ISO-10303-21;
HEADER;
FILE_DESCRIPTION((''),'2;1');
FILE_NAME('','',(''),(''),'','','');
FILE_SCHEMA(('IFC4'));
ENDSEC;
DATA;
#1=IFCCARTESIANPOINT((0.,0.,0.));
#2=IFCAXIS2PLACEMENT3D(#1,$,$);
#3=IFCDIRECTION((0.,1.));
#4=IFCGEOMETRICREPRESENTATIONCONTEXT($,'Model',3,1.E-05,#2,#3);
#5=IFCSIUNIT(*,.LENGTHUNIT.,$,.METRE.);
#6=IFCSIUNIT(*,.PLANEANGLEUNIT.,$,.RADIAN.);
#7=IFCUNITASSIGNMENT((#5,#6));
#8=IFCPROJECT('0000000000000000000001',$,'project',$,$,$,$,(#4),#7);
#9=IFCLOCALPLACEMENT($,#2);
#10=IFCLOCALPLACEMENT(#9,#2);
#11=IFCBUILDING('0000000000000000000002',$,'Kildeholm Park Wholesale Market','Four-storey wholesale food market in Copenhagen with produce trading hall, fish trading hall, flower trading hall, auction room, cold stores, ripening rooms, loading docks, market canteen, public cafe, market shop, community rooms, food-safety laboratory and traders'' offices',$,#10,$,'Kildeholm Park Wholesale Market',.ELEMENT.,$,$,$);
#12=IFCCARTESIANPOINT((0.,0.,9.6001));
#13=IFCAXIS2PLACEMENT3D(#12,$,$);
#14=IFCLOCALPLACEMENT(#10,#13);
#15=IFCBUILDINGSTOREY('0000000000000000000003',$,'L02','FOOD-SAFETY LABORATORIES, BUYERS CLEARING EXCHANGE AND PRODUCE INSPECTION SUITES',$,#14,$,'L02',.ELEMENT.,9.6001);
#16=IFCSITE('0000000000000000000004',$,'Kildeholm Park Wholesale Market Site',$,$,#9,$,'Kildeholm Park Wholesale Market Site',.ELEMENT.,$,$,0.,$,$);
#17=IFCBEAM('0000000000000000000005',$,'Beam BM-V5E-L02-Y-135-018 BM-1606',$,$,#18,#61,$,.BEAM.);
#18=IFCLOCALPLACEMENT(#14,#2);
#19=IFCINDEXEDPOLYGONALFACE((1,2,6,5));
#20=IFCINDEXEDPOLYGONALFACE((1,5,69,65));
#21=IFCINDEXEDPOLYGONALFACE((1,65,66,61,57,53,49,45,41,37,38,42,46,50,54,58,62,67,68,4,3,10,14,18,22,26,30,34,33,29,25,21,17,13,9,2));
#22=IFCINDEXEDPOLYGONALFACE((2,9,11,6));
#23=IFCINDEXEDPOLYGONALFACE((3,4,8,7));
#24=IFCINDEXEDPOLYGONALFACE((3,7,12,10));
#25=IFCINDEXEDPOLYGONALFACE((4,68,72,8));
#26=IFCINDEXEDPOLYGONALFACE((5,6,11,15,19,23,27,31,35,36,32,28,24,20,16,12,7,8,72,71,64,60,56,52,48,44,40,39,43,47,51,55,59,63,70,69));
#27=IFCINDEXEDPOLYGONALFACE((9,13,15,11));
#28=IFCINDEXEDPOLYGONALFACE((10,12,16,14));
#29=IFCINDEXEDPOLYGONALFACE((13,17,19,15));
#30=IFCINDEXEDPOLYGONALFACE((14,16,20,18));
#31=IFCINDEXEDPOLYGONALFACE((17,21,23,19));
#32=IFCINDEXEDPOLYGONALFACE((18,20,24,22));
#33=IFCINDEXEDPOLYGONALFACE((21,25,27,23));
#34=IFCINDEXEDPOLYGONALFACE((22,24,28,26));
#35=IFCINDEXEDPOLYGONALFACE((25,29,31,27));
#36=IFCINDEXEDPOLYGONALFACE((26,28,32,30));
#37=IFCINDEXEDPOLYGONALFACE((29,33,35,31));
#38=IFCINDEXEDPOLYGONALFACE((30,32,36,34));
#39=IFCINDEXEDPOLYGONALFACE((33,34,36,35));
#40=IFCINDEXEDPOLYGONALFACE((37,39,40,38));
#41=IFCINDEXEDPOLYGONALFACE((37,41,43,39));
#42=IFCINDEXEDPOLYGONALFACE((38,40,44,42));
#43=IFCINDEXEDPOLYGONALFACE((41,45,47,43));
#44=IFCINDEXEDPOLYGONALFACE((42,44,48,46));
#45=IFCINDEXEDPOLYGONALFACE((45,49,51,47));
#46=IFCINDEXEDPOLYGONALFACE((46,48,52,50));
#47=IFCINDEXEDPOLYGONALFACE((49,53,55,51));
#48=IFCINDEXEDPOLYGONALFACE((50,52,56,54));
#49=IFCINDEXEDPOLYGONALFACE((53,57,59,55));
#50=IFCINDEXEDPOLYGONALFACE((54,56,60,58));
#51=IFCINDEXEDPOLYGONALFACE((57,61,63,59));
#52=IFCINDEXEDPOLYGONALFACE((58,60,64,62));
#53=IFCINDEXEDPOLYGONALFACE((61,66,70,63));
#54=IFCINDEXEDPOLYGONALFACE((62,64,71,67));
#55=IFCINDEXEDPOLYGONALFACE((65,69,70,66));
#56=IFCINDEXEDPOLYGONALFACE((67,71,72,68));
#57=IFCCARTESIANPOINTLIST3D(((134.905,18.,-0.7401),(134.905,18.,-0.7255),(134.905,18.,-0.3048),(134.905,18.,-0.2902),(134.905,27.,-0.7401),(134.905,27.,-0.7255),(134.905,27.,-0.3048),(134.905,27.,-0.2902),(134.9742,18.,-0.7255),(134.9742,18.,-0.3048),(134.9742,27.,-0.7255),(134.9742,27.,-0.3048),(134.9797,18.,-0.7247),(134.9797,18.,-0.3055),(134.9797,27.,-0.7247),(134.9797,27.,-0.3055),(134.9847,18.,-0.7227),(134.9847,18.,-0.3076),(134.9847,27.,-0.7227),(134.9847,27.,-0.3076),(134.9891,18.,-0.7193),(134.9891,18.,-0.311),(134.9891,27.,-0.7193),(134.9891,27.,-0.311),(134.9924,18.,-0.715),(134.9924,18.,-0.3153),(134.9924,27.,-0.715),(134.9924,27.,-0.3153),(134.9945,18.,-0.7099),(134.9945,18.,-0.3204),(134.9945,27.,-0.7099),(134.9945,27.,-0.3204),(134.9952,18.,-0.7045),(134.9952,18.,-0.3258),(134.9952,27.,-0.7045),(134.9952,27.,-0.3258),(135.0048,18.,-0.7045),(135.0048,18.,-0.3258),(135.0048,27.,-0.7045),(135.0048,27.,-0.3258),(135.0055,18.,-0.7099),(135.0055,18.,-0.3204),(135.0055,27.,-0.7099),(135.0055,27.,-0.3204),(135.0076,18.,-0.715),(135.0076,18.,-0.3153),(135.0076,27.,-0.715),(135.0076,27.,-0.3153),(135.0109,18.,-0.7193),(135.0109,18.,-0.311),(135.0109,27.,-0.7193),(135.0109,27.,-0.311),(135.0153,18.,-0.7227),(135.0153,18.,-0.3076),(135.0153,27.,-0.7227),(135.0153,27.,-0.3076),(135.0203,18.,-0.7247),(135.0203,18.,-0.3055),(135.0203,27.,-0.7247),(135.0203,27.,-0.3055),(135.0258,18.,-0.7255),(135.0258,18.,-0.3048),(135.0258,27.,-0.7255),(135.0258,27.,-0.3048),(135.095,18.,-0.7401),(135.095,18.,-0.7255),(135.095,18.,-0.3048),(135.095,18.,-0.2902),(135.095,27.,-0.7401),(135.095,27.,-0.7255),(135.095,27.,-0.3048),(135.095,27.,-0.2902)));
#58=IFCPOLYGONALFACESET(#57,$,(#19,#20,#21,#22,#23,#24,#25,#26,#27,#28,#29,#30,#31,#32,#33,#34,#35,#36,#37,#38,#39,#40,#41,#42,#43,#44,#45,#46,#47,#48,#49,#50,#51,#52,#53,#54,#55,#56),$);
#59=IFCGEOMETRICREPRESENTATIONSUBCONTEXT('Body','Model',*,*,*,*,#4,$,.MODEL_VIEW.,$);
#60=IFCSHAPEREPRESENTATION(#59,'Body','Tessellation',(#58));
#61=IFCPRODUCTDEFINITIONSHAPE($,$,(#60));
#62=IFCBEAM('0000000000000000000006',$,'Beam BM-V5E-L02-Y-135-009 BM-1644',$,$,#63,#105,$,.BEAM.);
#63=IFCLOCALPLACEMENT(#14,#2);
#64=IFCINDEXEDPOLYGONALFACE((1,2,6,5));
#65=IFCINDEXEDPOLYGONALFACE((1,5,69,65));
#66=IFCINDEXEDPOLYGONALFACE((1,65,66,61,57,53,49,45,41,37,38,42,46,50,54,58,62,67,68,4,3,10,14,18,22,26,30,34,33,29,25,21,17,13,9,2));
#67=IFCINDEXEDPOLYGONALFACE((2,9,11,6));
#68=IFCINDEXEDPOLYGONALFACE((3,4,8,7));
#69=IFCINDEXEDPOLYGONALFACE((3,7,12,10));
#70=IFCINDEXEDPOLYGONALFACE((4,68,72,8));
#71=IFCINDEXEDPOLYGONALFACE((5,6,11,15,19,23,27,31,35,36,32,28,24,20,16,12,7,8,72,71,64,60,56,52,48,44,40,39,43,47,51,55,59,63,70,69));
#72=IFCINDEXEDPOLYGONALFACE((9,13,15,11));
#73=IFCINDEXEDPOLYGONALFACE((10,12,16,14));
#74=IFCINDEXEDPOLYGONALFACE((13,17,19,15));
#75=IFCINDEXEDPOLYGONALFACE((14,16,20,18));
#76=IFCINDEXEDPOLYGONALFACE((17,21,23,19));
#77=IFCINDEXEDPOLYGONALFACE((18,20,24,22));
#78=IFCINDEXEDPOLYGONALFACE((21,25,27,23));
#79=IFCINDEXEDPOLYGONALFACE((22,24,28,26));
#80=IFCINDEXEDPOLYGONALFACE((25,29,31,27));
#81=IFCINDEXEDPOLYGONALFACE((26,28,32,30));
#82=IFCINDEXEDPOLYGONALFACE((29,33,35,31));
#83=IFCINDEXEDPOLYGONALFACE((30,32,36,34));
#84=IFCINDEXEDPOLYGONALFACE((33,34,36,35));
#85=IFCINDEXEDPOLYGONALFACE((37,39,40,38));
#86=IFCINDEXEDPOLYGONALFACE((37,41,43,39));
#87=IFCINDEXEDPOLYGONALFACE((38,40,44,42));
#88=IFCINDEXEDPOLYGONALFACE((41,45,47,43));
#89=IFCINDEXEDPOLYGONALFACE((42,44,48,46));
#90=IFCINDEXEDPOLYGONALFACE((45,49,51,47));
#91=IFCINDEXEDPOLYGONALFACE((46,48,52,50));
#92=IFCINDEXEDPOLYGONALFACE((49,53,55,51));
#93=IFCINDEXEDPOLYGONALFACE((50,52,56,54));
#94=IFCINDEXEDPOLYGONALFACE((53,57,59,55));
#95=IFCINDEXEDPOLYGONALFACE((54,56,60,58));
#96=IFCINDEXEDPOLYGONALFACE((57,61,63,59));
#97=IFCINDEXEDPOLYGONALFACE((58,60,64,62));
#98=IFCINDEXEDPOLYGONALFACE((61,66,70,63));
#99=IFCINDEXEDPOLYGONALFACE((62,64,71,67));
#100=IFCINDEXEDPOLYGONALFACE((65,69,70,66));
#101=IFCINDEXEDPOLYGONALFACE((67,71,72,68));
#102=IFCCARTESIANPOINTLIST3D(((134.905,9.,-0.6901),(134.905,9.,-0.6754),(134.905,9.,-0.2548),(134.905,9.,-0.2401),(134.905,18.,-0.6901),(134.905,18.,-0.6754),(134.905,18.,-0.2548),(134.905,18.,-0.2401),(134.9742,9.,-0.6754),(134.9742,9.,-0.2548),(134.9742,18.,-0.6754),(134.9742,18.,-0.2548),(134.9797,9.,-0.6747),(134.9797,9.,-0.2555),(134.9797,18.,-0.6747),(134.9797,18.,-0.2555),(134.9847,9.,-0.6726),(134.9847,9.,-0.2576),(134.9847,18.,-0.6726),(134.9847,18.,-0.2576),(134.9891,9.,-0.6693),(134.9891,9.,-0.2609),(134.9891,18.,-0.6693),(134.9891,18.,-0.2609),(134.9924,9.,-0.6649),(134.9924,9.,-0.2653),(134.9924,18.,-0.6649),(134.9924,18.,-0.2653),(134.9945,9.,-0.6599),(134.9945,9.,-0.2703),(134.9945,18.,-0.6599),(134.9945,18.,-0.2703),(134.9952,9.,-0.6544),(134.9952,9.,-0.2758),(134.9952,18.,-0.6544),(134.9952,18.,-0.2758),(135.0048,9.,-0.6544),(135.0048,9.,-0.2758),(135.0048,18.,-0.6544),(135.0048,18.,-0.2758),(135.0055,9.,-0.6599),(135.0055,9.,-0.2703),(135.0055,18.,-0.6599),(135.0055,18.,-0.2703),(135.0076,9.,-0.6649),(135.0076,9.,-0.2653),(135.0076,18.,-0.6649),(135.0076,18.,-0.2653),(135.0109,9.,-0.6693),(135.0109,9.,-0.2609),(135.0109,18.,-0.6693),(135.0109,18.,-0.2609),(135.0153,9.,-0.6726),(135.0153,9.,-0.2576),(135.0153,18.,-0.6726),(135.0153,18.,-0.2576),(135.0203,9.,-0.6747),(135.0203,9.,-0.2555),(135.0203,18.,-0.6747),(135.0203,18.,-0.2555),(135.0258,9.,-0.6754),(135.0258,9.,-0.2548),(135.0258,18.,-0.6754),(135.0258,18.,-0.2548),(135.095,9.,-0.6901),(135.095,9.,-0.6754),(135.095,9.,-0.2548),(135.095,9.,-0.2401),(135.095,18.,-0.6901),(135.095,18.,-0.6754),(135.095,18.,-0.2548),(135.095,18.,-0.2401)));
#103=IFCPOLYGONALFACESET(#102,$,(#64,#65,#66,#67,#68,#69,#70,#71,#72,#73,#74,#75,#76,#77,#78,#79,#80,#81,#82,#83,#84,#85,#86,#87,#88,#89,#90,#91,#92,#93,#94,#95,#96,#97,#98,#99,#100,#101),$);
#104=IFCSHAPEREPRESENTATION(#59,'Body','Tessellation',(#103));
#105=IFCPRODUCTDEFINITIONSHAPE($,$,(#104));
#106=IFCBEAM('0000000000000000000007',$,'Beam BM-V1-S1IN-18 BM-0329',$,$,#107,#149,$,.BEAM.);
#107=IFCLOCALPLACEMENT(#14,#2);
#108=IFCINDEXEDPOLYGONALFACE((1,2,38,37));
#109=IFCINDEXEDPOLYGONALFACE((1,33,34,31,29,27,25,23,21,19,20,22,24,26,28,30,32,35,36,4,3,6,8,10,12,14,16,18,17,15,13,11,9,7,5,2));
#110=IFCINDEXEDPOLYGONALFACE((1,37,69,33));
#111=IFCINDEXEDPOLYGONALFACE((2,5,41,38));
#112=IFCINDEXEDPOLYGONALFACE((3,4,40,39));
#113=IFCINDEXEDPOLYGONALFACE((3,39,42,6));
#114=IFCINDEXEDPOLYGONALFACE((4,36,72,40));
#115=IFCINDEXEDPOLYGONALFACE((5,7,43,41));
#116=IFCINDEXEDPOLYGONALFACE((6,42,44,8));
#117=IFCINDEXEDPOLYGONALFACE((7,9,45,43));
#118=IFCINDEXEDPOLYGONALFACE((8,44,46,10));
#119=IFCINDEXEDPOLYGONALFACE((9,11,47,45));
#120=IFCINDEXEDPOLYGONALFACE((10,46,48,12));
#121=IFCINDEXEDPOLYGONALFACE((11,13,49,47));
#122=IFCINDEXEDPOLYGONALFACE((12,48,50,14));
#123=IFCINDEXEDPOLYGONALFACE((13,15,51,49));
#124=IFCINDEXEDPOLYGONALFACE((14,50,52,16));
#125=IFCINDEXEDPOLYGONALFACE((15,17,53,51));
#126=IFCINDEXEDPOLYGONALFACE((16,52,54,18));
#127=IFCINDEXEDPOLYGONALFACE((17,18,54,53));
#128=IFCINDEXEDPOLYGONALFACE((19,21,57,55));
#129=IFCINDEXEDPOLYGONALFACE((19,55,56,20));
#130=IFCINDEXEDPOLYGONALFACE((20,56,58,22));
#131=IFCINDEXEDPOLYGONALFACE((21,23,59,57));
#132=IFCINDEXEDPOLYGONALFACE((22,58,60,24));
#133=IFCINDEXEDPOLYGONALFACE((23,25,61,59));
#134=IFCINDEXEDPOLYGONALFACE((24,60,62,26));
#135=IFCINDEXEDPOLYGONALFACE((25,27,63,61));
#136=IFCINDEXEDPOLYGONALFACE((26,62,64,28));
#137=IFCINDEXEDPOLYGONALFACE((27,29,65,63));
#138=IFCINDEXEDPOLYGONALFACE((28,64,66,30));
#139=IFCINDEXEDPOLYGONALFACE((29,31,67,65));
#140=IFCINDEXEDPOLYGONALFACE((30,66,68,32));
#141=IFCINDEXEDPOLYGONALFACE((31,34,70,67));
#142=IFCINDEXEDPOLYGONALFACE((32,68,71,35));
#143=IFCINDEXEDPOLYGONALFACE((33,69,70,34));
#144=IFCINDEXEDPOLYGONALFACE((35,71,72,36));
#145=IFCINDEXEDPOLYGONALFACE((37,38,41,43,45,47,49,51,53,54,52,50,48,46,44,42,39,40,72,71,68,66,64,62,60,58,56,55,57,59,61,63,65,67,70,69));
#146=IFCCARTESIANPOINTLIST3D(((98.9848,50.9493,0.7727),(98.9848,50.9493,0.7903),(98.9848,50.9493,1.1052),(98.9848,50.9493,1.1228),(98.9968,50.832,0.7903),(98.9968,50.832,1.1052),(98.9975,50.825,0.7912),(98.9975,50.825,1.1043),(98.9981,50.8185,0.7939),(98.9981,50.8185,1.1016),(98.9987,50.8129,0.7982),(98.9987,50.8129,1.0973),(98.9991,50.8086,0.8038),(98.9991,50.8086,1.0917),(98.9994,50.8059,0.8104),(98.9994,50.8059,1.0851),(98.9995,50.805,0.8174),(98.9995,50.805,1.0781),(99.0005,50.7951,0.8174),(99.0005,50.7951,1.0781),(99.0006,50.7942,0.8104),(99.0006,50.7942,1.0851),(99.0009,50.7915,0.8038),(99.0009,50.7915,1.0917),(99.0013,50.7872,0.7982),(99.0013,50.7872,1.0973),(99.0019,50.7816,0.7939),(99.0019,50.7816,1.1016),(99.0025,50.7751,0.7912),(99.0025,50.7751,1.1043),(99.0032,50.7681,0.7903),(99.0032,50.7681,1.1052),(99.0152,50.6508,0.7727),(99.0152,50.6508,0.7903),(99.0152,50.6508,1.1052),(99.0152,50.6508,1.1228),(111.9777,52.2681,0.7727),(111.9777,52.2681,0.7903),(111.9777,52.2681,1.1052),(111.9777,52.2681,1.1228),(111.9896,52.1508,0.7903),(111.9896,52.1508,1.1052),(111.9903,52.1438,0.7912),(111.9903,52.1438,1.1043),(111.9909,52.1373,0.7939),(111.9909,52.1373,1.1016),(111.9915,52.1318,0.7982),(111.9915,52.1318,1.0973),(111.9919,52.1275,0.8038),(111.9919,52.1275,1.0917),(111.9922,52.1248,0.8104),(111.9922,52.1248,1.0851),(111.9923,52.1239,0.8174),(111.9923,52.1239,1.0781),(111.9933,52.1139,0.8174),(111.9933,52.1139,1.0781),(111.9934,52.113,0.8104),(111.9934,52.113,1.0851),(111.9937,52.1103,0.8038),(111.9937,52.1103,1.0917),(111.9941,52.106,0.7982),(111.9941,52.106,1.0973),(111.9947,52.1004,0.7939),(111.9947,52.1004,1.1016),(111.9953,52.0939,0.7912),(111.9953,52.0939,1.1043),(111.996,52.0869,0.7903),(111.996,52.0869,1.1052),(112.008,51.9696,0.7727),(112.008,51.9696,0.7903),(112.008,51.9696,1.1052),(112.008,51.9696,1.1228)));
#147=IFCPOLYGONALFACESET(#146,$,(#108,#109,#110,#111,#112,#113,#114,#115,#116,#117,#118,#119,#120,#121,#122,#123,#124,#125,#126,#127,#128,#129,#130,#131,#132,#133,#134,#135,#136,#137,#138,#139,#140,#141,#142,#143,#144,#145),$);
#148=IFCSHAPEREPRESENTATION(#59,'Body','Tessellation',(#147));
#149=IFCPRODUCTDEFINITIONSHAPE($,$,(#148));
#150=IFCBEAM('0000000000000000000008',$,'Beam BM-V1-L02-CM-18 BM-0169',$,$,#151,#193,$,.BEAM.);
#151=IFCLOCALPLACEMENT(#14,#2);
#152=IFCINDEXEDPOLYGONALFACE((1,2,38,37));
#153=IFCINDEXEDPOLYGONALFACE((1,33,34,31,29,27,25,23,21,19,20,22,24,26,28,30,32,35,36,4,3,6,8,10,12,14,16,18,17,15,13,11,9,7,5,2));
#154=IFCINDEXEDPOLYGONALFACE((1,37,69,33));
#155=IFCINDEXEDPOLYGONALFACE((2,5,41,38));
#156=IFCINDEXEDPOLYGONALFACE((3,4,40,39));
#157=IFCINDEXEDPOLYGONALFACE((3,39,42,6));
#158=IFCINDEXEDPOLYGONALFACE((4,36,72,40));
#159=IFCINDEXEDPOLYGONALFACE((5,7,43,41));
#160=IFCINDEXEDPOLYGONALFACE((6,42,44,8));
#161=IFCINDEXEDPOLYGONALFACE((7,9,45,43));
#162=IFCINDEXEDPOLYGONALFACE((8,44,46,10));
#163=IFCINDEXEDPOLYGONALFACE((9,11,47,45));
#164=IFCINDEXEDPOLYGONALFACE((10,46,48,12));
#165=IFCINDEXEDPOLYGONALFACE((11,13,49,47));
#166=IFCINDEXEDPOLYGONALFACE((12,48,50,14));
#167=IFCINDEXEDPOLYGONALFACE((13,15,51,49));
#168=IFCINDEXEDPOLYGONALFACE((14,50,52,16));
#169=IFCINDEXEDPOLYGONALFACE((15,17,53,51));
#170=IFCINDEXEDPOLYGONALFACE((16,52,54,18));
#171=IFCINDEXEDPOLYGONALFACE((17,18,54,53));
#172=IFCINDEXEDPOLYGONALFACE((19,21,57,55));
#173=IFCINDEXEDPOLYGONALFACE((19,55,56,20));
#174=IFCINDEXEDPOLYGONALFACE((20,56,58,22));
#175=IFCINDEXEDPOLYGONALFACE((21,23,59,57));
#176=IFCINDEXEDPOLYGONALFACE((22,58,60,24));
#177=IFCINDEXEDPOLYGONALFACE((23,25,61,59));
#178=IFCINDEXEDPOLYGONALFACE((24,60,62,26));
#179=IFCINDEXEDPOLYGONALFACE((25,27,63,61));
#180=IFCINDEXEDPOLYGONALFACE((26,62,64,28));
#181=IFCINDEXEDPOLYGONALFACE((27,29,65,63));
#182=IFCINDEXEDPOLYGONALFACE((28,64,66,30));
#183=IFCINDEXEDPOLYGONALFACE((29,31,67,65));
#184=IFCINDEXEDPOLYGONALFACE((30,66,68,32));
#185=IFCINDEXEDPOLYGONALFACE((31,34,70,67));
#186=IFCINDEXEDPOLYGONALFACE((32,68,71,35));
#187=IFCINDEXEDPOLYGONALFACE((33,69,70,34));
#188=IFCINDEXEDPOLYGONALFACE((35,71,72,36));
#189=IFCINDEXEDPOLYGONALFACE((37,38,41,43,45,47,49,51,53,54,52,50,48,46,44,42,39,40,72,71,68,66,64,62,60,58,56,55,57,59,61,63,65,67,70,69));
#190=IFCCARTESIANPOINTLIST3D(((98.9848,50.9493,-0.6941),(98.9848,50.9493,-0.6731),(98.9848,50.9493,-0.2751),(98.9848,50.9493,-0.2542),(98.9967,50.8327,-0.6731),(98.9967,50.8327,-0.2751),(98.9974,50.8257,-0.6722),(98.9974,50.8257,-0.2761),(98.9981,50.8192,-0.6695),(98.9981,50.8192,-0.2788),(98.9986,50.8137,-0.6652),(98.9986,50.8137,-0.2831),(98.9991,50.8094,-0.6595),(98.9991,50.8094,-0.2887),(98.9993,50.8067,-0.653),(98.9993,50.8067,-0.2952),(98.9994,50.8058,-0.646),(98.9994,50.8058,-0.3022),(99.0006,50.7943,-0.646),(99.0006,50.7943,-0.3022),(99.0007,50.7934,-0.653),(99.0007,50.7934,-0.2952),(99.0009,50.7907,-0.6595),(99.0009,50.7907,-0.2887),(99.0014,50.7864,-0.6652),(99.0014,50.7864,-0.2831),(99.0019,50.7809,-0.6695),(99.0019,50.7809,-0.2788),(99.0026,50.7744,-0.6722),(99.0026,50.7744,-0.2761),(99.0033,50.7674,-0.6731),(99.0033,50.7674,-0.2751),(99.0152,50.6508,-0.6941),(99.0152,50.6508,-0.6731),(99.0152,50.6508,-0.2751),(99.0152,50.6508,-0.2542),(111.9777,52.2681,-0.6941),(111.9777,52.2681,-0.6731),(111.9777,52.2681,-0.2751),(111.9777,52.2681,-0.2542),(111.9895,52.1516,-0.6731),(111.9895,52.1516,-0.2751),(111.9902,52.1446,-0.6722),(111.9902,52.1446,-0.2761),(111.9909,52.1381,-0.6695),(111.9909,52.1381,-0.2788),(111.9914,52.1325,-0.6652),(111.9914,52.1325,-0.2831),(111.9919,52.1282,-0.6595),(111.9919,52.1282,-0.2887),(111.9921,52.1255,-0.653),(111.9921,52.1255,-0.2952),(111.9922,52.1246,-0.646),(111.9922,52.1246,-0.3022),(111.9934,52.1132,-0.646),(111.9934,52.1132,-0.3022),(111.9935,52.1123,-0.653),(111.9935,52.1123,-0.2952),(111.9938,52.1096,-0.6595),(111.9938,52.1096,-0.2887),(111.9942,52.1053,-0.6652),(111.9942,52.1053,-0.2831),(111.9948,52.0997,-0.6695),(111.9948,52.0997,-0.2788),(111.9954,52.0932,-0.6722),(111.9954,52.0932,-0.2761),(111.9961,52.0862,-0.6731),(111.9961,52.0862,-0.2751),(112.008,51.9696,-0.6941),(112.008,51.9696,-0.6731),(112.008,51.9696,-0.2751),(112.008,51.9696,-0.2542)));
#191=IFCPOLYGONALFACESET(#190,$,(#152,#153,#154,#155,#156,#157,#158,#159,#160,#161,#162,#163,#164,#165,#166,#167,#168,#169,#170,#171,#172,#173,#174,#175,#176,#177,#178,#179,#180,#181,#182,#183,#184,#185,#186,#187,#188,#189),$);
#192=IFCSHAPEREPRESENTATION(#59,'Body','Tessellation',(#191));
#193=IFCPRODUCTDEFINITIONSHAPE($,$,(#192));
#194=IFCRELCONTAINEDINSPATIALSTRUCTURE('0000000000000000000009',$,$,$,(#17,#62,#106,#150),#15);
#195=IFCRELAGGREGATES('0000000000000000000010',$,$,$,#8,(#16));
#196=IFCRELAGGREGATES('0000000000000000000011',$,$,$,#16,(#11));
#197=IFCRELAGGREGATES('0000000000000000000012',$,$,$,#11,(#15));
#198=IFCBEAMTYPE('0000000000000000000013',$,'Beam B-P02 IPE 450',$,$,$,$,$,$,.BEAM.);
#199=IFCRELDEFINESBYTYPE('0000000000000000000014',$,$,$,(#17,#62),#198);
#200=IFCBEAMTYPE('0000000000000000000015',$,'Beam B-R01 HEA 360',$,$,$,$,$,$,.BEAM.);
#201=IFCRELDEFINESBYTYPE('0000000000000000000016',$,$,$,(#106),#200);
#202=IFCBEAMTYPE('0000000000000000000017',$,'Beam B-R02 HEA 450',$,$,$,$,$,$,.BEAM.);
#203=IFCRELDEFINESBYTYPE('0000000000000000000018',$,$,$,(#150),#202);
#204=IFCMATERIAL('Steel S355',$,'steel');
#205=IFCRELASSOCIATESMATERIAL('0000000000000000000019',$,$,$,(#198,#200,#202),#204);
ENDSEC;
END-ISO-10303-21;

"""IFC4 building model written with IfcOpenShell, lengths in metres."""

from ifc_helpers import new_model, si_unit, direction, frame, origin, origin_2d, place, context, subcontext, project, spatial, i_section, extrude, material, material_profile, profile_set, type_object, element, save


model = new_model("IFC4")

# Units and contexts
model_context = context("Model", 3, precision=1e-05, world=origin(), true_north=direction((0.0, 1.0)))
body_context = subcontext(model_context, "Body", "Model", "MODEL_VIEW")
ifc_project = project(units=[si_unit("LENGTHUNIT", "METRE"), si_unit("PLANEANGLEUNIT", "RADIAN")], contexts=[model_context])

# Site, building, storey
site_placement = place(None, origin())
site = spatial("IfcSite", under=ifc_project, at=site_placement, Name="Kildeholm Park Wholesale Market Site", LongName="Kildeholm Park Wholesale Market Site", CompositionType="ELEMENT", RefElevation=0.0)
building_placement = place(site_placement, origin())
building = spatial("IfcBuilding", under=site, at=building_placement, Name="Kildeholm Park Wholesale Market", Description="Four-storey wholesale food market in Copenhagen with produce trading hall, fish trading hall, flower trading hall, auction room, cold stores, ripening rooms, loading docks, market canteen, public cafe, market shop, community rooms, food-safety laboratory and traders' offices", LongName="Kildeholm Park Wholesale Market", CompositionType="ELEMENT")
storey_placement = place(building_placement, frame((0.0, 0.0, 9.6001)))
storey = spatial("IfcBuildingStorey", under=building, at=storey_placement, Name="L02", Description="FOOD-SAFETY LABORATORIES, BUYERS CLEARING EXCHANGE AND PRODUCE INSPECTION SUITES", LongName="L02", CompositionType="ELEMENT", Elevation=9.6001)

# Shared definitions
ifc_material_1 = material(Name="Steel S355", Category="steel")

# Beams
ifc_material_profile_1 = material_profile(ifc_material_1, i_section(OverallWidth=0.1899, OverallDepth=0.45, WebThickness=0.0095, FlangeThickness=0.0146, FilletRadius=0.021, at=origin_2d()), Name="IPE 450")
ifc_profile_set_1 = profile_set([ifc_material_profile_1], Name="Steel S355")
beam_type_1 = type_object("IfcBeamType", Name="Beam B-P02 IPE 450", PredefinedType="BEAM", material=ifc_profile_set_1)
for number, where, z_axis, x_axis, name in (
    (1, (135.0, 18.0, -0.5151), (0.0, 1.0, 0.0), (-1.0, 0.0, 0.0), "Beam BM-V5E-L02-Y-135-018 BM-1606"),
    (2, (135.0, 9.0, -0.4651), (0.0, 1.0, 0.0), (-1.0, 0.0, 0.0), "Beam BM-V5E-L02-Y-135-009 BM-1644"),
):
    element("IfcBeam", number, at=place(storey_placement, frame(where, z_axis=z_axis, x_axis=x_axis)), inside=storey, type_object=beam_type_1, Name=name, PredefinedType="BEAM", context=body_context, shape_type="SweptSolid", body=[
        extrude(i_section(OverallWidth=0.1899, OverallDepth=0.45, WebThickness=0.0095, FlangeThickness=0.0146, FilletRadius=0.021, at=origin_2d()), origin(), (0.0, 0.0, 1.0), 9.0),
    ])
ifc_material_profile_2 = material_profile(ifc_material_1, i_section(OverallWidth=0.3, OverallDepth=0.3501, WebThickness=0.01, FlangeThickness=0.0176, FilletRadius=0.0271, at=origin_2d()), Name="HEA 360")
ifc_profile_set_2 = profile_set([ifc_material_profile_2], Name="Steel S355")
beam_type_2 = type_object("IfcBeamType", Name="Beam B-R01 HEA 360", PredefinedType="BEAM", material=ifc_profile_set_2)
beam_1_placement = place(storey_placement, frame((99.0, 50.8, 0.9478), z_axis=(0.994888, 0.100986, 0.0), x_axis=(-0.100986, 0.994888, 0.0)))
element("IfcBeam", 3, at=beam_1_placement, inside=storey, type_object=beam_type_2, Name="Beam BM-V1-S1IN-18 BM-0329", PredefinedType="BEAM", context=body_context, shape_type="SweptSolid", body=[
    extrude(i_section(OverallWidth=0.3, OverallDepth=0.3501, WebThickness=0.01, FlangeThickness=0.0176, FilletRadius=0.0271, at=origin_2d()), origin(), (0.0, 0.0, 1.0), 13.0596),
])
ifc_material_profile_3 = material_profile(ifc_material_1, i_section(OverallWidth=0.3, OverallDepth=0.4399, WebThickness=0.0115, FlangeThickness=0.021, FilletRadius=0.0271, at=origin_2d()), Name="HEA 450")
ifc_profile_set_3 = profile_set([ifc_material_profile_3], Name="Steel S355")
beam_type_3 = type_object("IfcBeamType", Name="Beam B-R02 HEA 450", PredefinedType="BEAM", material=ifc_profile_set_3)
beam_2_placement = place(storey_placement, frame((99.0, 50.8, -0.4741), z_axis=(0.994888, 0.100986, 0.0), x_axis=(-0.100986, 0.994888, 0.0)))
element("IfcBeam", 4, at=beam_2_placement, inside=storey, type_object=beam_type_3, Name="Beam BM-V1-L02-CM-18 BM-0169", PredefinedType="BEAM", context=body_context, shape_type="SweptSolid", body=[
    extrude(i_section(OverallWidth=0.3, OverallDepth=0.4399, WebThickness=0.0115, FlangeThickness=0.021, FilletRadius=0.0271, at=origin_2d()), origin(), (0.0, 0.0, 1.0), 13.0596),
])

save(model, "model.ifc")
